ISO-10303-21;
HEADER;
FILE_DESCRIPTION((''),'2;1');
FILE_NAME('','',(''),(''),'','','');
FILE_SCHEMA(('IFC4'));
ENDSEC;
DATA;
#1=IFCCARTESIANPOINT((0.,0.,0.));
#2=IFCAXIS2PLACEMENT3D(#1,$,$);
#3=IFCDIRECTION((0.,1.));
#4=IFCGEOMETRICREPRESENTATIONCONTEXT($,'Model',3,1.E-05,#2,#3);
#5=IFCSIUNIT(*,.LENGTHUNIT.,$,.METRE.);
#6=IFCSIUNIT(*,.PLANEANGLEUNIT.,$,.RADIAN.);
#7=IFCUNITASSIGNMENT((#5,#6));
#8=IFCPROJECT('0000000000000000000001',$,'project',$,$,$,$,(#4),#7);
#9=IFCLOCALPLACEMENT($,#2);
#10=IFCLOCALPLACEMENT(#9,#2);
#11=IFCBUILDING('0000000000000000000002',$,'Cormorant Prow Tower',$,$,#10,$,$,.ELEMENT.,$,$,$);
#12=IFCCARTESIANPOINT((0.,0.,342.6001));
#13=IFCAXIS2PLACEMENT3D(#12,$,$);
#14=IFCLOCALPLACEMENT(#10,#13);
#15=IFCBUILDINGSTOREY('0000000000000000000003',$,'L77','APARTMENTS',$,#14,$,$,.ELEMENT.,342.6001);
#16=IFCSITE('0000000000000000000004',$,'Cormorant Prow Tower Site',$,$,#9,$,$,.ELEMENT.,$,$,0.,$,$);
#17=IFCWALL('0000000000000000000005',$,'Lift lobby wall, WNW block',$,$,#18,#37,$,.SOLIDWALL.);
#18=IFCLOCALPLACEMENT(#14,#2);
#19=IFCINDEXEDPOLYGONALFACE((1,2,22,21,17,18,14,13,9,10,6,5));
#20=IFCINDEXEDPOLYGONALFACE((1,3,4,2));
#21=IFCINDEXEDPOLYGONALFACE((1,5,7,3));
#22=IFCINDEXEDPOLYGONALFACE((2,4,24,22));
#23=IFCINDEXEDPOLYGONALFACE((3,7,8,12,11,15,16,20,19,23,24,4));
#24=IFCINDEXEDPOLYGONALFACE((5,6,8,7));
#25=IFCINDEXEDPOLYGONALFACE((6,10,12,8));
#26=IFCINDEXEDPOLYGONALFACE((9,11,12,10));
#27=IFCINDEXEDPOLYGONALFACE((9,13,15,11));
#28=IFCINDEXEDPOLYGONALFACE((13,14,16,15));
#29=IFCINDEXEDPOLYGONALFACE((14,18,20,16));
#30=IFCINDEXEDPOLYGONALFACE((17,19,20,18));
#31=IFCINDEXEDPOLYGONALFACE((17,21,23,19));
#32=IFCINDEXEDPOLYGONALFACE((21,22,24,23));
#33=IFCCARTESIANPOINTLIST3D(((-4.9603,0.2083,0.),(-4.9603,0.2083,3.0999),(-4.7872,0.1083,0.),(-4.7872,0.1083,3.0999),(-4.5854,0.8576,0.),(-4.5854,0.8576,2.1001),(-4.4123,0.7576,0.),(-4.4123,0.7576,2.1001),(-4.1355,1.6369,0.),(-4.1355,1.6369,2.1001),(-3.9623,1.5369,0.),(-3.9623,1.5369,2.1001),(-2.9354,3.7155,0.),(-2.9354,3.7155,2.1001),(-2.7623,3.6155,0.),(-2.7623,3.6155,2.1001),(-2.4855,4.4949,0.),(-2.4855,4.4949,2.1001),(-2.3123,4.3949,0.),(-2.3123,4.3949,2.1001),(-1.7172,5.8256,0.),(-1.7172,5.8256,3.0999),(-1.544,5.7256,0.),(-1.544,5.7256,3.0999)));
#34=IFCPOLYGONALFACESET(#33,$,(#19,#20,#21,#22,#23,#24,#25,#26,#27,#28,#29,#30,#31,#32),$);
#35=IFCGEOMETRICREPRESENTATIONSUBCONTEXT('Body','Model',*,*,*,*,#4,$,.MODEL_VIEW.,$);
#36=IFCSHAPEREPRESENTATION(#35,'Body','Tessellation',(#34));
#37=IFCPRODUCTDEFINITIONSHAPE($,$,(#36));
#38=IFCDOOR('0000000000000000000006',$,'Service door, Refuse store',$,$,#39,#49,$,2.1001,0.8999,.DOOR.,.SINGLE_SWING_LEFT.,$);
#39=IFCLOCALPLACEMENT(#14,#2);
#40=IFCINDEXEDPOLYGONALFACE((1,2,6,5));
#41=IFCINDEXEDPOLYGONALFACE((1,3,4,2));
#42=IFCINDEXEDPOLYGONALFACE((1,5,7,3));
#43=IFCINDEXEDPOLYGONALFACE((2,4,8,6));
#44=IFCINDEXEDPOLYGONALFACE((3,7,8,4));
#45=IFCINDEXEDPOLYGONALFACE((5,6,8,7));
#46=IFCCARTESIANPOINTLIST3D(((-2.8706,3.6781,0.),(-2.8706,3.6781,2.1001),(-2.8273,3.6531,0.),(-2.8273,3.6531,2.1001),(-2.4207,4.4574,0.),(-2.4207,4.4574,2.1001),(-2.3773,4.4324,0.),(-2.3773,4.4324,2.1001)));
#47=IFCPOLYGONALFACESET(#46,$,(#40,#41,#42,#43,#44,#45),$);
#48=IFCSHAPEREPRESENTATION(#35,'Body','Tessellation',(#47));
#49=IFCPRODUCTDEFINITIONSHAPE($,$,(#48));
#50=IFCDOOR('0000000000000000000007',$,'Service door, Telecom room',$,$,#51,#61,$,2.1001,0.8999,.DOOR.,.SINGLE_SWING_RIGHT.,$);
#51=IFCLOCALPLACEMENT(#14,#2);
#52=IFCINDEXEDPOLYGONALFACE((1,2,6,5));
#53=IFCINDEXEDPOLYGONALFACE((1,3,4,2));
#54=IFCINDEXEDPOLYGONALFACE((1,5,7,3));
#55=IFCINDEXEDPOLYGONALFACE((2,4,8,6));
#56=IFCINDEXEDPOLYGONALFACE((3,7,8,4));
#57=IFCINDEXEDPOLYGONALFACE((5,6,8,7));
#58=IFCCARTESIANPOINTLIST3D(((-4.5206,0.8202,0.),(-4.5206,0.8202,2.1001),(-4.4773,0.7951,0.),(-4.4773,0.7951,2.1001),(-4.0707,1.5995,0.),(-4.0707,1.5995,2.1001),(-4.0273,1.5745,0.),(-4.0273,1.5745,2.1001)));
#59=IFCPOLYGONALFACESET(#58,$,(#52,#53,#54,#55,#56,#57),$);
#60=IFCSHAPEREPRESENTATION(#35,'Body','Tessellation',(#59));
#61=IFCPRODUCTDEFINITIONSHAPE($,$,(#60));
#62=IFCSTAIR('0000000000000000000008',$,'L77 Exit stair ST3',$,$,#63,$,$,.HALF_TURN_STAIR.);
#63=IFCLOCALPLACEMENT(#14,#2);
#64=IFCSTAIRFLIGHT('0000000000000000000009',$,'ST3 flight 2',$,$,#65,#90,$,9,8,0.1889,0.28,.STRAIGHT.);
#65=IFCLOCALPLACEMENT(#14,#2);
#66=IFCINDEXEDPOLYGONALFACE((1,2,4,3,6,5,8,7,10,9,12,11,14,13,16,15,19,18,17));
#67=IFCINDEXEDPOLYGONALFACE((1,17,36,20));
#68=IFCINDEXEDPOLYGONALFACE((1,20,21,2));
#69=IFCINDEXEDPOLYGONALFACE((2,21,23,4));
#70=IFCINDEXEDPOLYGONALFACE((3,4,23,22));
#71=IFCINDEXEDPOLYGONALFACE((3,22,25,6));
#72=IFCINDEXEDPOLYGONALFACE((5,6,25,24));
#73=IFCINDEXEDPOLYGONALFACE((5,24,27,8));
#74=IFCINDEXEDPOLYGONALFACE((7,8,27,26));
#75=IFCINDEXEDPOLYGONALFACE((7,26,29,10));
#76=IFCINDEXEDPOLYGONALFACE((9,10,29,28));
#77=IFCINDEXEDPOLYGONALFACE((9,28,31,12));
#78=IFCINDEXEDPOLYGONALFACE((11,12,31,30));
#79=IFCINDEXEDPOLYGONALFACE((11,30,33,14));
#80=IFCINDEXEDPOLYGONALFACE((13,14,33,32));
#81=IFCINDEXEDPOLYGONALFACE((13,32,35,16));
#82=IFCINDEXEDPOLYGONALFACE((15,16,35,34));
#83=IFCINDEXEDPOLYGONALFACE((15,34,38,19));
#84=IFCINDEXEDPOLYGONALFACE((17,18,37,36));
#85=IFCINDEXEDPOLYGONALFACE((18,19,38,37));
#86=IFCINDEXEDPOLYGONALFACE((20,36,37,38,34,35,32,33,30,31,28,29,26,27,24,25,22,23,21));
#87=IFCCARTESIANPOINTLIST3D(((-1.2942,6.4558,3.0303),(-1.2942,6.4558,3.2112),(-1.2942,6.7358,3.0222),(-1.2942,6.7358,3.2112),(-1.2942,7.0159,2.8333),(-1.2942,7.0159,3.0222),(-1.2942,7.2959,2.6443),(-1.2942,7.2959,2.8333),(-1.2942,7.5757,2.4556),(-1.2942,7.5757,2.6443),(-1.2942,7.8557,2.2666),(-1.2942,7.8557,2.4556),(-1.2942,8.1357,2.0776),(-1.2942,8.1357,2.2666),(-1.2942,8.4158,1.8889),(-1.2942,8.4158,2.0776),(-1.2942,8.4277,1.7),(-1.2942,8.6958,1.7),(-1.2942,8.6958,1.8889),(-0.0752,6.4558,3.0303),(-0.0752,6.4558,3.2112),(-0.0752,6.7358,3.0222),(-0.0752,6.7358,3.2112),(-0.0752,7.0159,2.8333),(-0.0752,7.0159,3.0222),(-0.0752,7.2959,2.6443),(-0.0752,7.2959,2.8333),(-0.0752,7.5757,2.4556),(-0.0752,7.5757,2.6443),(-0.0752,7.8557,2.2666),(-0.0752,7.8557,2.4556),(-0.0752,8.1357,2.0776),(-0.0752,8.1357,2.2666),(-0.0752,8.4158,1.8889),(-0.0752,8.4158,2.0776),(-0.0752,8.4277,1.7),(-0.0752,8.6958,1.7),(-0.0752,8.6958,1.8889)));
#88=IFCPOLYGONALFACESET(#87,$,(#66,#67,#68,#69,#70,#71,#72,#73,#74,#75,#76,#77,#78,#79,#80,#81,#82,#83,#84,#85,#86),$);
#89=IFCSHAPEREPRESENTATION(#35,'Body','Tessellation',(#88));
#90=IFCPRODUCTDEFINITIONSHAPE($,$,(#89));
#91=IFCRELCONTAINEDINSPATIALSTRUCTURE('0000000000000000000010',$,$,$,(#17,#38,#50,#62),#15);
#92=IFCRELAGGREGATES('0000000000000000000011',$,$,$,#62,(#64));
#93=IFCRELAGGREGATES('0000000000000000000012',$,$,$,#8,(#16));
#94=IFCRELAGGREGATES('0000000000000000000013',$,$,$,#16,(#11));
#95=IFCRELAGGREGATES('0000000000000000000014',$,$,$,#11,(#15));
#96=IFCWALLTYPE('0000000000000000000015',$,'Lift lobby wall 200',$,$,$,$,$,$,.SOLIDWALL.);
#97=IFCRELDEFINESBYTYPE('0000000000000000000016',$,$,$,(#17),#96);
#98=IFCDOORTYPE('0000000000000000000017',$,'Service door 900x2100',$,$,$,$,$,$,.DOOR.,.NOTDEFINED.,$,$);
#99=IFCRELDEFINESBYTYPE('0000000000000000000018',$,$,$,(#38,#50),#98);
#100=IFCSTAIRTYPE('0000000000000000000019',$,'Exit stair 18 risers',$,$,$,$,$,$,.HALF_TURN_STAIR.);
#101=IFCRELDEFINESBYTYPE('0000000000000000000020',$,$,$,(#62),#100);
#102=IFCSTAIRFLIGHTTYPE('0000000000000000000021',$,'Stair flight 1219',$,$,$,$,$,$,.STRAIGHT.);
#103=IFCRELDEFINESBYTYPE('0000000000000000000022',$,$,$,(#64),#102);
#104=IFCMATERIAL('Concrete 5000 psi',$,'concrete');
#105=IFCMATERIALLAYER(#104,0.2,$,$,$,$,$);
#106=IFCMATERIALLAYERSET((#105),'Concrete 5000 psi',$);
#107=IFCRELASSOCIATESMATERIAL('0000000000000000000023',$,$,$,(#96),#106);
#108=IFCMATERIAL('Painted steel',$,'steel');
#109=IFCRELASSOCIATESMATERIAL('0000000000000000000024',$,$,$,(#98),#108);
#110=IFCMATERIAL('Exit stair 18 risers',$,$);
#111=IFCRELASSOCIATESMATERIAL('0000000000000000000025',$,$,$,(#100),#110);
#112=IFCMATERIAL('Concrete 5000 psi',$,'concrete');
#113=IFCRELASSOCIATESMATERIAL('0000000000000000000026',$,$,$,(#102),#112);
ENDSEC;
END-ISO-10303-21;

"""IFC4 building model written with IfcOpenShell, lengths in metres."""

from ifc_helpers import new_model, si_unit, direction, frame, frame_2d, origin, place, context, subcontext, project, spatial, polyline, rectangle, outline, extrude, material, layer, layer_set, type_object, element, fill, aggregate, save


model = new_model("IFC4")

# Units and contexts
model_context = context("Model", 3, precision=1e-05, world=origin(), true_north=direction((0.0, 1.0)))
body_context = subcontext(model_context, "Body", "Model", "MODEL_VIEW")
ifc_project = project(units=[si_unit("LENGTHUNIT", "METRE"), si_unit("PLANEANGLEUNIT", "RADIAN")], contexts=[model_context])

# Site, building, storey
site_placement = place(None, origin())
site = spatial("IfcSite", under=ifc_project, at=site_placement, Name="Cormorant Prow Tower Site", CompositionType="ELEMENT", RefElevation=0.0)
building_placement = place(site_placement, origin())
building = spatial("IfcBuilding", under=site, at=building_placement, Name="Cormorant Prow Tower", CompositionType="ELEMENT")
storey_placement = place(building_placement, frame((0.0, 0.0, 342.6001)))
storey = spatial("IfcBuildingStorey", under=building, at=storey_placement, Name="L77", Description="APARTMENTS", CompositionType="ELEMENT", Elevation=342.6001)

# Wall, openings, doors
ifc_material_1 = material(Name="Concrete 5000 psi", Category="concrete")
ifc_layer_1 = layer(ifc_material_1, 0.2)
ifc_layer_set_1 = layer_set([ifc_layer_1], Name="Concrete 5000 psi")
wall_type_1 = type_object("IfcWallType", Name="Lift lobby wall 200", PredefinedType="SOLIDWALL", material=ifc_layer_set_1)
wall_1_placement = place(storey_placement, frame((-1.6306, 5.7756, 0.0), z_axis=(0.0, 0.0, 1.0), x_axis=(-0.499993, -0.86603, 0.0)))
wall_1 = element("IfcWall", 1, at=wall_1_placement, inside=storey, type_object=wall_type_1, Name="Lift lobby wall, WNW block", PredefinedType="SOLIDWALL", context=body_context, shape_type="SweptSolid", body=[
    extrude(rectangle(XDim=6.4863, YDim=0.2, at=frame_2d((3.2432, 0.0))), origin(), (0.0, 0.0, 1.0), 3.0999),
])
opening_1_placement = place(wall_1_placement, frame((1.5366, 0.0, 0.0)))
opening_1 = element("IfcOpeningElement", 2, at=opening_1_placement, cuts=wall_1, PredefinedType="OPENING", context=body_context, shape_type="SweptSolid", body=[
    extrude(rectangle(XDim=0.8999, YDim=2.1001, at=frame_2d((0.45, 1.05))), frame((0.0, 0.1099, 0.0), z_axis=(0.0, -1.0, 0.0), x_axis=(1.0, 0.0, 0.0)), (0.0, 0.0, 1.0), 0.22),
])
opening_2_placement = place(wall_1_placement, frame((4.8367, 0.0, 0.0)))
opening_2 = element("IfcOpeningElement", 3, at=opening_2_placement, cuts=wall_1, PredefinedType="OPENING", context=body_context, shape_type="SweptSolid", body=[
    extrude(rectangle(XDim=0.8999, YDim=2.1001, at=frame_2d((0.45, 1.05))), frame((0.0, 0.1099, 0.0), z_axis=(0.0, -1.0, 0.0), x_axis=(1.0, 0.0, 0.0)), (0.0, 0.0, 1.0), 0.22),
])
ifc_material_2 = material(Name="Painted steel", Category="steel")
door_type_1 = type_object("IfcDoorType", Name="Service door 900x2100", OperationType="NOTDEFINED", PredefinedType="DOOR", material=ifc_material_2)
door_1_placement = place(opening_1_placement, origin())
door_1 = element("IfcDoor", 4, at=door_1_placement, inside=storey, type_object=door_type_1, Name="Service door, Refuse store", OperationType="SINGLE_SWING_LEFT", OverallHeight=2.1001, OverallWidth=0.8999, PredefinedType="DOOR", context=body_context, shape_type="SweptSolid", body=[
    extrude(rectangle(XDim=0.8999, YDim=2.1001, at=frame_2d((0.45, 1.05))), frame((0.0, 0.0249, 0.0), z_axis=(0.0, -1.0, 0.0), x_axis=(1.0, 0.0, 0.0)), (0.0, 0.0, 1.0), 0.05),
])
fill(opening_1, door_1)
door_2_placement = place(opening_2_placement, origin())
door_2 = element("IfcDoor", 5, at=door_2_placement, inside=storey, type_object=door_type_1, Name="Service door, Telecom room", OperationType="SINGLE_SWING_RIGHT", OverallHeight=2.1001, OverallWidth=0.8999, PredefinedType="DOOR", context=body_context, shape_type="SweptSolid", body=[
    extrude(rectangle(XDim=0.8999, YDim=2.1001, at=frame_2d((0.45, 1.05))), frame((0.0, 0.0249, 0.0), z_axis=(0.0, -1.0, 0.0), x_axis=(1.0, 0.0, 0.0)), (0.0, 0.0, 1.0), 0.05),
])
fill(opening_2, door_2)

# Stair, stair flight
ifc_material_3 = material(Name="Exit stair 18 risers")
stair_type = type_object("IfcStairType", Name="Exit stair 18 risers", PredefinedType="HALF_TURN_STAIR", material=ifc_material_3)
stair_placement = place(storey_placement, origin())
stair = element("IfcStair", 6, at=stair_placement, inside=storey, type_object=stair_type, Name="L77 Exit stair ST3", PredefinedType="HALF_TURN_STAIR")
ifc_material_4 = material(Name="Concrete 5000 psi", Category="concrete")
stair_flight_type = type_object("IfcStairFlightType", Name="Stair flight 1219", PredefinedType="STRAIGHT", material=ifc_material_4)
stair_flight_placement = place(storey_placement, frame((-0.6846, 8.6958, 1.7), z_axis=(0.0, 0.0, 1.0), x_axis=(0.0, -1.0, 0.0)))
stair_flight = element("IfcStairFlight", 7, at=stair_flight_placement, type_object=stair_flight_type, Name="ST3 flight 2", NumberOfRisers=9, NumberOfTreads=8, PredefinedType="STRAIGHT", RiserHeight=0.1889, TreadLength=0.28, context=body_context, shape_type="SweptSolid", body=[
    extrude(outline(polyline([(0.0, 0.0), (0.0, 0.189), (0.28, 0.189), (0.28, 0.3777), (0.5601, 0.3777), (0.5601, 0.5667), (0.8401, 0.5667), (0.8401, 0.7556), (1.1201, 0.7556), (1.1201, 0.9443), (1.3999, 0.9443), (1.3999, 1.1333), (1.6799, 1.1333), (1.6799, 1.3223), (1.96, 1.3223), (1.96, 1.5112), (2.24, 1.5112), (2.24, 1.7), (2.24, 1.3303), (0.2681, 0.0), (0.0, 0.0)])), frame((0.0, 0.6094, 0.0), z_axis=(0.0, -1.0, 0.0), x_axis=(1.0, 0.0, 0.0)), (0.0, 0.0, 1.0), 1.219),
])
aggregate(stair, [stair_flight])

save(model, "model.ifc")
